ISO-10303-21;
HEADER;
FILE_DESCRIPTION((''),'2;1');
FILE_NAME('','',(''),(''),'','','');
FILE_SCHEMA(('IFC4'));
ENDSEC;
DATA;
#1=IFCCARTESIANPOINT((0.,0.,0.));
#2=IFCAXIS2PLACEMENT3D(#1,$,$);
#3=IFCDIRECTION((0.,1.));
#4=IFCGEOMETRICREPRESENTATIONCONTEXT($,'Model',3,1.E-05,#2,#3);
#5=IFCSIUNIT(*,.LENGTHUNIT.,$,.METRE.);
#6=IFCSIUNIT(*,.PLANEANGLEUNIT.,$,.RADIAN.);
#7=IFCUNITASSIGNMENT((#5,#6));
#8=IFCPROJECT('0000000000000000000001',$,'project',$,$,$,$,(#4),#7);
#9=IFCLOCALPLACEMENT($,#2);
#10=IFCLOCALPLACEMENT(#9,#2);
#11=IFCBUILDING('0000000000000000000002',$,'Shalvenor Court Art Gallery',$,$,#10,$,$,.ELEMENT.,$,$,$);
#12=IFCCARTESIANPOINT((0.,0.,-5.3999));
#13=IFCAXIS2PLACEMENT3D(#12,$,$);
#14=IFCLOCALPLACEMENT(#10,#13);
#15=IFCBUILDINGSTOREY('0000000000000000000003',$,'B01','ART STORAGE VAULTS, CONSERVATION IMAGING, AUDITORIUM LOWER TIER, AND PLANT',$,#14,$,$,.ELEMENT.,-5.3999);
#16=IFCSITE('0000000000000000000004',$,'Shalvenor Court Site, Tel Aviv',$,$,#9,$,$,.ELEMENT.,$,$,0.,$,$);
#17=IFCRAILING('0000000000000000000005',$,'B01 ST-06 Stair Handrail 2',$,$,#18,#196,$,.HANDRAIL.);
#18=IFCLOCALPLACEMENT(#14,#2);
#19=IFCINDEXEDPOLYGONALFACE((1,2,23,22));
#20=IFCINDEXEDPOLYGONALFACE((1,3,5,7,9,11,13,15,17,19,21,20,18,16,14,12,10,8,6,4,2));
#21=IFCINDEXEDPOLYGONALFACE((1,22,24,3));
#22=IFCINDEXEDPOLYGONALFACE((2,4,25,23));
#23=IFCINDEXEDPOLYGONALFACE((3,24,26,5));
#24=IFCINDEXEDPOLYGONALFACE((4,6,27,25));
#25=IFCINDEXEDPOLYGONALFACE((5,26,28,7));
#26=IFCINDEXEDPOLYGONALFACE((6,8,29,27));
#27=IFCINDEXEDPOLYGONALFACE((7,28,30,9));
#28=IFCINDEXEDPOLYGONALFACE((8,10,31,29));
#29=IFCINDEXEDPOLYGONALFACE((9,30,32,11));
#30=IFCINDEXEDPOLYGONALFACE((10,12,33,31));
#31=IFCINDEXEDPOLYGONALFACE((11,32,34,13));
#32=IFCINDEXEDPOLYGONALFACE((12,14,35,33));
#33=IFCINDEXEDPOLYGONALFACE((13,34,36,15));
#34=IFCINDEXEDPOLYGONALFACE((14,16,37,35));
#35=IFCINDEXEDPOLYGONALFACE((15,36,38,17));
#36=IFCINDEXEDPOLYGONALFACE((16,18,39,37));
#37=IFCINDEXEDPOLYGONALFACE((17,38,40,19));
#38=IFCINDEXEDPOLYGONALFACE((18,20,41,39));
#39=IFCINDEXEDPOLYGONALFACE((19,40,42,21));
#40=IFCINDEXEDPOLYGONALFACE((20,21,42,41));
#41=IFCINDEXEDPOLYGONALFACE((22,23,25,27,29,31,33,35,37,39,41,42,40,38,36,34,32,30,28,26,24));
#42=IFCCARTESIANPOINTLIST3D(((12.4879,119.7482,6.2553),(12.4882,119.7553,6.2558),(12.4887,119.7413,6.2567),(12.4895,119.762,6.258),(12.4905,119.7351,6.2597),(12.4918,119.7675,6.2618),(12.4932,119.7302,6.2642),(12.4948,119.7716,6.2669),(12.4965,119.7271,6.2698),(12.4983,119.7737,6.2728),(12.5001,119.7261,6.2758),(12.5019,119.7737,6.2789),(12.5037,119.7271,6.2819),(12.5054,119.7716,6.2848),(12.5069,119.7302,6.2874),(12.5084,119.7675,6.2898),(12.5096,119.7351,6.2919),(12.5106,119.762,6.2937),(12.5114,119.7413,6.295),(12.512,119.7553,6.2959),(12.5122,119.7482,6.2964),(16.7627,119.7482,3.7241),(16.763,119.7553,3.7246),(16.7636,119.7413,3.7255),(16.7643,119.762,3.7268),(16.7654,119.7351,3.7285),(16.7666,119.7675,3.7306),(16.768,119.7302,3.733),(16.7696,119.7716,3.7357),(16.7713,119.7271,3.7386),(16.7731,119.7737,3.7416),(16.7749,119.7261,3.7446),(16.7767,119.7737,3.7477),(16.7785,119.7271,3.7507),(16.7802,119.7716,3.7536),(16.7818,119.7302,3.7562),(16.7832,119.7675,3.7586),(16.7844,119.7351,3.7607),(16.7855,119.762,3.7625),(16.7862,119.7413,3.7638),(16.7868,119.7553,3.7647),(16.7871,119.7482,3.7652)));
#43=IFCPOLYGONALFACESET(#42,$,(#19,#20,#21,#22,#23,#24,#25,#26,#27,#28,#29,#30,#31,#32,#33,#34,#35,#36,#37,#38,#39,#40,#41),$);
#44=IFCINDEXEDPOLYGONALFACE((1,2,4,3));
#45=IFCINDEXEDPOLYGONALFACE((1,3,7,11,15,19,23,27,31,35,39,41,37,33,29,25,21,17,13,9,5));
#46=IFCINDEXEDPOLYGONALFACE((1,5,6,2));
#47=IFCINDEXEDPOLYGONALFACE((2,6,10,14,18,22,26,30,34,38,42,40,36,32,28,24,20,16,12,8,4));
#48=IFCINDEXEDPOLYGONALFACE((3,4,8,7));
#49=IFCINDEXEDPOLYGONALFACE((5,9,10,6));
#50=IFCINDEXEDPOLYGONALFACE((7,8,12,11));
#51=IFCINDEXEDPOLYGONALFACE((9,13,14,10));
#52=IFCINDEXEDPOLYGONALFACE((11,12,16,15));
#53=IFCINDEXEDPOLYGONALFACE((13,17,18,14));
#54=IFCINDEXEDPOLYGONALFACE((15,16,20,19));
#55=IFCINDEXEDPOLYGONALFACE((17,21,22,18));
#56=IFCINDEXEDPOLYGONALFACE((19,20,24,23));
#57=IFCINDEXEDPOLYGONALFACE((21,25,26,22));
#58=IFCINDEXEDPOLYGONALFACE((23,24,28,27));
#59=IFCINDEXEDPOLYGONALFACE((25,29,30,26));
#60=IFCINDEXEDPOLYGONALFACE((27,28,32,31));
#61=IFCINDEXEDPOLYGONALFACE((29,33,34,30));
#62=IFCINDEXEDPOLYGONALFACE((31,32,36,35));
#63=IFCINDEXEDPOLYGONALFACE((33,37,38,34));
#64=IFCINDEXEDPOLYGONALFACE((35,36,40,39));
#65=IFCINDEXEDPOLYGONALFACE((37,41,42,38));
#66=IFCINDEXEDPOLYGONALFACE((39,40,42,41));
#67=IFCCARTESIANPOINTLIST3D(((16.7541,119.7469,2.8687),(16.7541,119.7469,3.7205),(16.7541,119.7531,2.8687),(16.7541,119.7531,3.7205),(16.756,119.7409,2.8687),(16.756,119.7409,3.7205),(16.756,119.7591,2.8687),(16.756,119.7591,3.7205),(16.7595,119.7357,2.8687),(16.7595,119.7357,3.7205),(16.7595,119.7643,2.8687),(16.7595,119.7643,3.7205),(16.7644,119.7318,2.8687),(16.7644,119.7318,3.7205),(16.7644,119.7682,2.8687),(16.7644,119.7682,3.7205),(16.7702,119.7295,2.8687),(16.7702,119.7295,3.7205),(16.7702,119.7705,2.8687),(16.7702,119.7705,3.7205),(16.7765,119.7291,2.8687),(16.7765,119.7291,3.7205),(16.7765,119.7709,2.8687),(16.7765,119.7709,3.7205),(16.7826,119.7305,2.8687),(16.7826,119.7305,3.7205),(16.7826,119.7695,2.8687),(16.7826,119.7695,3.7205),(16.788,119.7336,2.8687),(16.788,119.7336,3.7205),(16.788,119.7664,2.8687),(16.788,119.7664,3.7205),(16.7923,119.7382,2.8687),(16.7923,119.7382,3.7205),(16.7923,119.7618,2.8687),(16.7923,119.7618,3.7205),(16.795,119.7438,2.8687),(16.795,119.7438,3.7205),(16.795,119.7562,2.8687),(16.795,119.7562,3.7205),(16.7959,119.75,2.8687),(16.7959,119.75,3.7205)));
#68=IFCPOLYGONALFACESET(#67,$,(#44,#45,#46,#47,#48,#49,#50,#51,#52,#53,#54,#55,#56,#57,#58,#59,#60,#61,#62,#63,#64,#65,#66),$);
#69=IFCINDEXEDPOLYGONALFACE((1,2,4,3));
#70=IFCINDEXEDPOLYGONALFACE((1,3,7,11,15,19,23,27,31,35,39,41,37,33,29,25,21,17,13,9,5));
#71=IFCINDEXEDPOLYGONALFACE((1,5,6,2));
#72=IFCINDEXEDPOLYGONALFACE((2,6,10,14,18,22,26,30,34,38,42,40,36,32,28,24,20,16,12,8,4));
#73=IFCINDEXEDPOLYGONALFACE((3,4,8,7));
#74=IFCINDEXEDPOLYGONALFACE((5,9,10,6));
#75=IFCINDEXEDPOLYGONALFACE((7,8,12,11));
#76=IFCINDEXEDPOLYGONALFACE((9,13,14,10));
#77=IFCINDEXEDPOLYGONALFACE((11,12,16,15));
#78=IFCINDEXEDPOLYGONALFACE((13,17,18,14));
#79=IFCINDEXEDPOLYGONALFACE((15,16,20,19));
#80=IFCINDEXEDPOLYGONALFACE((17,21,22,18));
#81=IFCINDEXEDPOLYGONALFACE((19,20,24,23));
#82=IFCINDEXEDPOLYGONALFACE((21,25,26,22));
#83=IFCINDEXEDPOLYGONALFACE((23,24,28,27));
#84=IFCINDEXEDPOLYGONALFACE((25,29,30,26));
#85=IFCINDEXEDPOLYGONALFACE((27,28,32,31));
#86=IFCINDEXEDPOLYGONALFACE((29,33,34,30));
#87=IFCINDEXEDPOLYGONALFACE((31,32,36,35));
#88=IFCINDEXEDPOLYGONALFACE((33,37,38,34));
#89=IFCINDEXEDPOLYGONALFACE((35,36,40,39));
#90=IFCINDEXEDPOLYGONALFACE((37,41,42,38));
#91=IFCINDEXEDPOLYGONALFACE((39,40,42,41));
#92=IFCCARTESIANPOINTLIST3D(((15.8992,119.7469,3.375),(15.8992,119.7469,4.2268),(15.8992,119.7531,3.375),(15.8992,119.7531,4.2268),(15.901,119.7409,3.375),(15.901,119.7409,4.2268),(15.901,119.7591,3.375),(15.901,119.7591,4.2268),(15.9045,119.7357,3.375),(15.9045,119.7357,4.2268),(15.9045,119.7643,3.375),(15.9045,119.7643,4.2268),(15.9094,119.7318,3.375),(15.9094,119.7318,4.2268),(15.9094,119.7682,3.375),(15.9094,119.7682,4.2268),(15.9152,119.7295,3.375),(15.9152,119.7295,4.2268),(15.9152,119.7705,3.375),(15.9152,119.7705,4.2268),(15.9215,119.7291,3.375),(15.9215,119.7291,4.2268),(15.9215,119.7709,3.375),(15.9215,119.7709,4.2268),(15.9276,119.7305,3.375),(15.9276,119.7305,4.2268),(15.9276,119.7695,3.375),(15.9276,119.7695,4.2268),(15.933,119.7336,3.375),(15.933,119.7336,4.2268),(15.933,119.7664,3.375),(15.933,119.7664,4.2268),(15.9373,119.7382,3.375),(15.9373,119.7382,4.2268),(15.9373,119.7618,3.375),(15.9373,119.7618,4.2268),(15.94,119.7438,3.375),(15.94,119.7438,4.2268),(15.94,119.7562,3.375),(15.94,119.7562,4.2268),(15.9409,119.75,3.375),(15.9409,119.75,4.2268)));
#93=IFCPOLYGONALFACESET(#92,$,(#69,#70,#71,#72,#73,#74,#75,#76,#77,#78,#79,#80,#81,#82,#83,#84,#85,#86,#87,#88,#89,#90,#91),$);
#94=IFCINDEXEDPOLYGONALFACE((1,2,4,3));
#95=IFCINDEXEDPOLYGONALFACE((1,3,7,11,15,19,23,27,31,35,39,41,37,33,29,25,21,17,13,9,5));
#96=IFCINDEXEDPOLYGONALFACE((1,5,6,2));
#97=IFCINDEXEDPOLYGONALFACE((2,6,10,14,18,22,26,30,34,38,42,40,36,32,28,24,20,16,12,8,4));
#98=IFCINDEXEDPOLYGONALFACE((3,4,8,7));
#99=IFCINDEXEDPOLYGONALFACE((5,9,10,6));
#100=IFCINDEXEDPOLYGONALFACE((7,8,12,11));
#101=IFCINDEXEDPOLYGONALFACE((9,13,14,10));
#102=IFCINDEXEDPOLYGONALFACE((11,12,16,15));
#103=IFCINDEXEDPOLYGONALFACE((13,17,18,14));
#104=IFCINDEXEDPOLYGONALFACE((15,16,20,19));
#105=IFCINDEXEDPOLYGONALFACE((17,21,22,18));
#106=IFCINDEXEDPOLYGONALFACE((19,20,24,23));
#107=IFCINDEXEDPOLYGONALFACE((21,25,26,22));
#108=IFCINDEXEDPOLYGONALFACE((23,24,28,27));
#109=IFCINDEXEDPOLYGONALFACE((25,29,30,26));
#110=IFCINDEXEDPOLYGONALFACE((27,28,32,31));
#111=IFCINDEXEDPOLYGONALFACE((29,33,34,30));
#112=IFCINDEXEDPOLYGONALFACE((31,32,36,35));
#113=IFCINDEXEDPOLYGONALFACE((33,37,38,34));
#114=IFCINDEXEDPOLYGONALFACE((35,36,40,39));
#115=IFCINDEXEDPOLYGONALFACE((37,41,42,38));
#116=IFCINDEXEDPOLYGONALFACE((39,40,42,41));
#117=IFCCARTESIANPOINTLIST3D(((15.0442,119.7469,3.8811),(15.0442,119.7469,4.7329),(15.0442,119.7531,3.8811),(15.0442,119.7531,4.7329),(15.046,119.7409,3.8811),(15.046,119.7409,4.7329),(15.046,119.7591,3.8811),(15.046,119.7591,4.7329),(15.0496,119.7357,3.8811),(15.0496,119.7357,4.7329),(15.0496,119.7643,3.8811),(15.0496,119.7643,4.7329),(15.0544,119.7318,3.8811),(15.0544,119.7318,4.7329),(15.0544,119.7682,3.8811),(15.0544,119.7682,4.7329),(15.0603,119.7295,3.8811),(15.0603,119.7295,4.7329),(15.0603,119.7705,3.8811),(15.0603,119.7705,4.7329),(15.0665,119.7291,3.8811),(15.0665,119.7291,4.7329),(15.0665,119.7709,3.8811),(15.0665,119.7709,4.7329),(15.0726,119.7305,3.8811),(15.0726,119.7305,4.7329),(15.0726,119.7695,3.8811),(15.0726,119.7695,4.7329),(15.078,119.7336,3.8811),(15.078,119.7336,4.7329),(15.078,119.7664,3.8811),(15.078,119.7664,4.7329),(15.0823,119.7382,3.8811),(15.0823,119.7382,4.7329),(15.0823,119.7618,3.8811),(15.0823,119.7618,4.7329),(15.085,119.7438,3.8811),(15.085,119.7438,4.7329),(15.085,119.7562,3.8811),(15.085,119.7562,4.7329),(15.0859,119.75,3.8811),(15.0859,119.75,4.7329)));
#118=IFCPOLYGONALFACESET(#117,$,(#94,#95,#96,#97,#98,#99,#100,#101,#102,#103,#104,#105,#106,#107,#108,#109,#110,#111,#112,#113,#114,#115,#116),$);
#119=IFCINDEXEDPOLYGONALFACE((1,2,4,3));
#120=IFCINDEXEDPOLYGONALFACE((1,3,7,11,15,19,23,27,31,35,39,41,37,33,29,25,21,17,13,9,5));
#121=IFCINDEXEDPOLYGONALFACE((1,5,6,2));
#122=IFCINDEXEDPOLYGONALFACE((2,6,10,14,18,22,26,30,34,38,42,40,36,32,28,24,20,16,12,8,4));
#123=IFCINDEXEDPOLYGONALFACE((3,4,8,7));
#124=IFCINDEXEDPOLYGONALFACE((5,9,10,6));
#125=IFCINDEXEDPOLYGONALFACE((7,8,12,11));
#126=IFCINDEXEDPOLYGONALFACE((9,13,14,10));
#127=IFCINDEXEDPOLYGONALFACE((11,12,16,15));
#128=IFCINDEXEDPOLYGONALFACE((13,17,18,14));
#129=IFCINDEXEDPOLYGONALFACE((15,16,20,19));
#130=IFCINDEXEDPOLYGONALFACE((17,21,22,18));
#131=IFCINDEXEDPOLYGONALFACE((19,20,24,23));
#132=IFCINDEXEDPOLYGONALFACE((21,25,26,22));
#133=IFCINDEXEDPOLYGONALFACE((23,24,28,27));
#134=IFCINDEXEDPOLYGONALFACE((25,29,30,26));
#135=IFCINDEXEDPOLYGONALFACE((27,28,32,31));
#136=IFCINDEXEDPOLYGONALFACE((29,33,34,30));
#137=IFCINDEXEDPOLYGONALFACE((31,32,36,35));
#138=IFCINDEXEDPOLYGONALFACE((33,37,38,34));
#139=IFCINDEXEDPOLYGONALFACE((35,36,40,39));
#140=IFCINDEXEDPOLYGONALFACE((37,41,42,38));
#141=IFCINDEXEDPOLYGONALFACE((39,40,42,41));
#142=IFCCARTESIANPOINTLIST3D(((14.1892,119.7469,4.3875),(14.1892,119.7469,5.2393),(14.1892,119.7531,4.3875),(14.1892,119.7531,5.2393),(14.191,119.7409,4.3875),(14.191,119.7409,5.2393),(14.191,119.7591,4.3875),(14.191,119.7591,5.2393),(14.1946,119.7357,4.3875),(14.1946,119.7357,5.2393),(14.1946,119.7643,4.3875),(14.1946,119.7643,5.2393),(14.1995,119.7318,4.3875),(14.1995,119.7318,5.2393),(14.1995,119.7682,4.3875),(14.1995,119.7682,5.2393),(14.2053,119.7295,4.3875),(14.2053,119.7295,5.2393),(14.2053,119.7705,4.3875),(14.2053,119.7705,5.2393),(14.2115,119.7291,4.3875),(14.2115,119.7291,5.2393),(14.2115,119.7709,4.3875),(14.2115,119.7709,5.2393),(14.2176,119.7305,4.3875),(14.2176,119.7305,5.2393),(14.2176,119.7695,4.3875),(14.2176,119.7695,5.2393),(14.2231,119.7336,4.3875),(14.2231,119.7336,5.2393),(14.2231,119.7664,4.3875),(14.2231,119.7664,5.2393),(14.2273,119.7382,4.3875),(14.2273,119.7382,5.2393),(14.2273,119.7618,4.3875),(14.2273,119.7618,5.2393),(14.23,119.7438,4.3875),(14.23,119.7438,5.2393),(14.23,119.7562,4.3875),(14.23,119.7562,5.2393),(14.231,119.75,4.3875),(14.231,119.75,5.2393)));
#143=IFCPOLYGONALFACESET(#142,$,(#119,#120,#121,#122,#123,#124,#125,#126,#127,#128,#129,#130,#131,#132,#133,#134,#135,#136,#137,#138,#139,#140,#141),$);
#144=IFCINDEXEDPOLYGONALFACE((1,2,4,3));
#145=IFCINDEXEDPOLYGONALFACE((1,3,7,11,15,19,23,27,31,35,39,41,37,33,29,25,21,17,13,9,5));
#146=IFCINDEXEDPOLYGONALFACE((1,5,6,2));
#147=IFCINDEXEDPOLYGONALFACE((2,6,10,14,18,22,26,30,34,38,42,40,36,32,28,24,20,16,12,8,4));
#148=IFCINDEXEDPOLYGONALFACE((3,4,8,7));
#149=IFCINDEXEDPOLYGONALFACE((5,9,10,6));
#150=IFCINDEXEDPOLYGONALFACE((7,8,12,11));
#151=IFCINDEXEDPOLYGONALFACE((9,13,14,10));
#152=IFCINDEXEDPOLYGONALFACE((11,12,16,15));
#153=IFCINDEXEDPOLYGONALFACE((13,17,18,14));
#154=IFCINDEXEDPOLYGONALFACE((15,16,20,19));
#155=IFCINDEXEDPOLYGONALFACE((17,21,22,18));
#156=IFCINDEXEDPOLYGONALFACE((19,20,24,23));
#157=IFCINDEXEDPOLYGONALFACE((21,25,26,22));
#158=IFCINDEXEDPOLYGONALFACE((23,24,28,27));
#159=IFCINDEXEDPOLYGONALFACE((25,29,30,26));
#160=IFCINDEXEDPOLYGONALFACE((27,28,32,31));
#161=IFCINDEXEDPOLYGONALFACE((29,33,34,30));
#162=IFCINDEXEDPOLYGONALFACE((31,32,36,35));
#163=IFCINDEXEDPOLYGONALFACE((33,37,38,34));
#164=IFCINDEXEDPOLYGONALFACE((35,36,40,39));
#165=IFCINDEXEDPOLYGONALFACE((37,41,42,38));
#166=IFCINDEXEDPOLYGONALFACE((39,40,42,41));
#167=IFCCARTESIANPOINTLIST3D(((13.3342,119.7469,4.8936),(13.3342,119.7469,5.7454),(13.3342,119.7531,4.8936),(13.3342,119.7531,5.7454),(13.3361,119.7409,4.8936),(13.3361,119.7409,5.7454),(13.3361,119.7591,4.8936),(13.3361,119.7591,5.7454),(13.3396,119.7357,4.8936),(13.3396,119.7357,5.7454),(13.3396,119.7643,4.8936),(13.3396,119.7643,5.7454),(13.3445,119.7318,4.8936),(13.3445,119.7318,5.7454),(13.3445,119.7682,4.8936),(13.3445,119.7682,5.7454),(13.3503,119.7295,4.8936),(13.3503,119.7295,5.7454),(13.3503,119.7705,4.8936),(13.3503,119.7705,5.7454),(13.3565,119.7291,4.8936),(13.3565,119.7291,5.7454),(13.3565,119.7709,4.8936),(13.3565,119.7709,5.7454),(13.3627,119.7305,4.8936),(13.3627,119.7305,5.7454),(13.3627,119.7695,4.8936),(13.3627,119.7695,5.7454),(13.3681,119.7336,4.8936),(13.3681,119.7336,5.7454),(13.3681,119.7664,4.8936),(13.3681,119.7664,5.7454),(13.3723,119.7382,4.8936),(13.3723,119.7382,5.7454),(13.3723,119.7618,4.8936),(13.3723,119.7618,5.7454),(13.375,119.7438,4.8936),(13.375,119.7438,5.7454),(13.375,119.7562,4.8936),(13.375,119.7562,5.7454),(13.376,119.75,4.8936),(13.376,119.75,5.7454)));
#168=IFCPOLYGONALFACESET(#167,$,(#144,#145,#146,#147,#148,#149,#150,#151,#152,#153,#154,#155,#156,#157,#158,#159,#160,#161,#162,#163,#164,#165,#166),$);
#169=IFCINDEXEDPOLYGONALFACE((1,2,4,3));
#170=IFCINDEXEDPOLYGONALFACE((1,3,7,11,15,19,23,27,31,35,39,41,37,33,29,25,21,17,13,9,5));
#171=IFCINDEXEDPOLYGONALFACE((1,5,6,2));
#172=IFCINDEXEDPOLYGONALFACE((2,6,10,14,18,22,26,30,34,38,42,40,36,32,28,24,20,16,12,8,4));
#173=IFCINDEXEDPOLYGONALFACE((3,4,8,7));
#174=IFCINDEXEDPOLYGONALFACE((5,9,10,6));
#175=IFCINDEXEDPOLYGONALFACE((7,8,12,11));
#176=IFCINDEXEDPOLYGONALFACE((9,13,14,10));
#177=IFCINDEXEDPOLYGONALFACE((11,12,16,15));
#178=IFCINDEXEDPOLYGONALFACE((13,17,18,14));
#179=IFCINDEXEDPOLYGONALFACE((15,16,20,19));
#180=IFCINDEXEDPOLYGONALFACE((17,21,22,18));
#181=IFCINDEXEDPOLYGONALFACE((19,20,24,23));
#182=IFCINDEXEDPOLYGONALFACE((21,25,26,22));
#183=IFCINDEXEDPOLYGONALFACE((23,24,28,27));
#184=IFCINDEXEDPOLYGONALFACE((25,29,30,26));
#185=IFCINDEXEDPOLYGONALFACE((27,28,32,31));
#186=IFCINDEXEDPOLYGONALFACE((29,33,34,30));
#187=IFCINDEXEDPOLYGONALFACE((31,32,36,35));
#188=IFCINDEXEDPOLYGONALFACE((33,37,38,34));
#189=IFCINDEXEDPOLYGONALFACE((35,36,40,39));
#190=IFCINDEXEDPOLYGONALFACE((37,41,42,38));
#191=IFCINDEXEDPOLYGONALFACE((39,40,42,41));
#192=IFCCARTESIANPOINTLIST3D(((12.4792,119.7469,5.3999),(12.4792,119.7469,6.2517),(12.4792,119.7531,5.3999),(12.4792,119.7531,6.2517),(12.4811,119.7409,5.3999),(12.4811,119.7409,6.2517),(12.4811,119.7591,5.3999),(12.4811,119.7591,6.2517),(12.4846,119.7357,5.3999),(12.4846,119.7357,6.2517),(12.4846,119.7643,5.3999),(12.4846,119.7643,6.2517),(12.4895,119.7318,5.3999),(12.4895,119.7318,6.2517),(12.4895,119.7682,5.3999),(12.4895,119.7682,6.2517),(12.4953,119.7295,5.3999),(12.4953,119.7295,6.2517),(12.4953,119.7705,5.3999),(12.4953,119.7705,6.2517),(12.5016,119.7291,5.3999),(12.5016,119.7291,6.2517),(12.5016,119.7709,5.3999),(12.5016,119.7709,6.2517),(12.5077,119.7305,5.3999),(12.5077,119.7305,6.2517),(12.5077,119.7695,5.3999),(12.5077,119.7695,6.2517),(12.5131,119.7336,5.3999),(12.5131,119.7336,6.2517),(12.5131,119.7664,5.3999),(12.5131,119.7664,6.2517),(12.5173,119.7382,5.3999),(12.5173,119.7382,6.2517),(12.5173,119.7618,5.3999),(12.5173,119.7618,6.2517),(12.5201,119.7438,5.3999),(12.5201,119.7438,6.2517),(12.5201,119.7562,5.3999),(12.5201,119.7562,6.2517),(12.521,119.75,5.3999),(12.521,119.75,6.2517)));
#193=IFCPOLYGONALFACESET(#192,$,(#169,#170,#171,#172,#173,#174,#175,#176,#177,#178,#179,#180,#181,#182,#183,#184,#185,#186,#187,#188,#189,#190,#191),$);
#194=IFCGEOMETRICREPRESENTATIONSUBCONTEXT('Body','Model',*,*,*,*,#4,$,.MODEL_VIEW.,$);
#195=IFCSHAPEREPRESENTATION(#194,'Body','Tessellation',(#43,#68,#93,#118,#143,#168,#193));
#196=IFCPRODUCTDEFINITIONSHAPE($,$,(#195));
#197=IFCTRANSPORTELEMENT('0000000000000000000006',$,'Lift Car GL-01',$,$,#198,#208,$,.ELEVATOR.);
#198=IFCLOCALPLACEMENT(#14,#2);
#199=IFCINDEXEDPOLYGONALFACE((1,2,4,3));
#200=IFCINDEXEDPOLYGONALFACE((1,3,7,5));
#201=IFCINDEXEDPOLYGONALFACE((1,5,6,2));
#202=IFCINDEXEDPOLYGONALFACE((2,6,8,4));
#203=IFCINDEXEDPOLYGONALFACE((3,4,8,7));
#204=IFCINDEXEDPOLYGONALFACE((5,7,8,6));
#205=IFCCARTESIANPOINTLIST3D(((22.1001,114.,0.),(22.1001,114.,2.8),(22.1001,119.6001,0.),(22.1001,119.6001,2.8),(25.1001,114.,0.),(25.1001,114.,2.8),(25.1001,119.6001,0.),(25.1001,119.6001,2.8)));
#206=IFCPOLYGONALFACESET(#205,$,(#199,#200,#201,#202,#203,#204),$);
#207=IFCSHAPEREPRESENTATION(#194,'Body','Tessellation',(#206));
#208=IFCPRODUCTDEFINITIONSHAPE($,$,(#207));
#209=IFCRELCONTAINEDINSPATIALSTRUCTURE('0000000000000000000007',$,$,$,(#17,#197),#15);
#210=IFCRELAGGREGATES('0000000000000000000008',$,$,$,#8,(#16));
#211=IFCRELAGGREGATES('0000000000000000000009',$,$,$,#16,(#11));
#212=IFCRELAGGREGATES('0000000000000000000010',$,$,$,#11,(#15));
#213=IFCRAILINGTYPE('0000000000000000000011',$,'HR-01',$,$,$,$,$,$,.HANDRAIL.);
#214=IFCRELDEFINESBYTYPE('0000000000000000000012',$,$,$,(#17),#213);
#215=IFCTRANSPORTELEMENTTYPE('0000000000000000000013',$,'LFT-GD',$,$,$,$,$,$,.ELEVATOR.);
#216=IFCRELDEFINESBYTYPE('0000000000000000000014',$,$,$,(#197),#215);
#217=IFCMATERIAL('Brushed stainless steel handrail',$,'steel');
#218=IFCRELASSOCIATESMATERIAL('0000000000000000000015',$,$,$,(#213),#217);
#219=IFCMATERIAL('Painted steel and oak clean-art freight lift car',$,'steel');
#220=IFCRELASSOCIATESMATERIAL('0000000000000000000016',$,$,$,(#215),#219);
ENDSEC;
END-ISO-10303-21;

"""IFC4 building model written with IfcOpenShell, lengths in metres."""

from ifc_helpers import new_model, si_unit, direction, frame, origin, origin_2d, place, context, subcontext, project, spatial, rectangle, circle, extrude, material, type_object, element, save


model = new_model("IFC4")

# Units and contexts
model_context = context("Model", 3, precision=1e-05, world=origin(), true_north=direction((0.0, 1.0)))
body_context = subcontext(model_context, "Body", "Model", "MODEL_VIEW")
ifc_project = project(units=[si_unit("LENGTHUNIT", "METRE"), si_unit("PLANEANGLEUNIT", "RADIAN")], contexts=[model_context])

# Site, building, storey
site_placement = place(None, origin())
site = spatial("IfcSite", under=ifc_project, at=site_placement, Name="Shalvenor Court Site, Tel Aviv", CompositionType="ELEMENT", RefElevation=0.0)
building_placement = place(site_placement, origin())
building = spatial("IfcBuilding", under=site, at=building_placement, Name="Shalvenor Court Art Gallery", CompositionType="ELEMENT")
storey_placement = place(building_placement, frame((0.0, 0.0, -5.3999)))
storey = spatial("IfcBuildingStorey", under=building, at=storey_placement, Name="B01", Description="ART STORAGE VAULTS, CONSERVATION IMAGING, AUDITORIUM LOWER TIER, AND PLANT", CompositionType="ELEMENT", Elevation=-5.3999)

# Railing
ifc_material_1 = material(Name="Brushed stainless steel handrail", Category="steel")
railing_type_1 = type_object("IfcRailingType", Name="HR-01", PredefinedType="HANDRAIL", material=ifc_material_1)
railing_1_placement = place(storey_placement, frame((16.7749, 119.75, 2.8687)))
element("IfcRailing", 1, at=railing_1_placement, inside=storey, type_object=railing_type_1, Name="B01 ST-06 Stair Handrail 2", PredefinedType="HANDRAIL", context=body_context, shape_type="SweptSolid", body=[
    extrude(circle(Radius=0.0239, at=origin_2d()), frame((0.0, 0.0, 0.876), z_axis=(-0.86047, 0.0, 0.509501), x_axis=(0.0, -1.0, 0.0)), (0.0, 0.0, 1.0), 4.968),
    extrude(circle(Radius=0.021, at=origin_2d()), origin(), (0.0, 0.0, 1.0), 0.8518),
    extrude(circle(Radius=0.021, at=origin_2d()), frame((-0.855, 0.0, 0.5063)), (0.0, 0.0, 1.0), 0.8518),
    extrude(circle(Radius=0.021, at=origin_2d()), frame((-1.71, 0.0, 1.0125)), (0.0, 0.0, 1.0), 0.8518),
    extrude(circle(Radius=0.021, at=origin_2d()), frame((-2.5649, 0.0, 1.5188)), (0.0, 0.0, 1.0), 0.8518),
    extrude(circle(Radius=0.021, at=origin_2d()), frame((-3.4199, 0.0, 2.0249)), (0.0, 0.0, 1.0), 0.8518),
    extrude(circle(Radius=0.021, at=origin_2d()), frame((-4.2749, 0.0, 2.5312)), (0.0, 0.0, 1.0), 0.8518),
])

# Transport element
ifc_material_2 = material(Name="Painted steel and oak clean-art freight lift car", Category="steel")
transport_element_type = type_object("IfcTransportElementType", Name="LFT-GD", PredefinedType="ELEVATOR", material=ifc_material_2)
transport_element_placement = place(storey_placement, frame((23.6001, 116.8, 0.0), z_axis=(0.0, 0.0, 1.0), x_axis=(1.0, 0.0, 0.0)))
element("IfcTransportElement", 2, at=transport_element_placement, inside=storey, type_object=transport_element_type, Name="Lift Car GL-01", PredefinedType="ELEVATOR", context=body_context, shape_type="SweptSolid", body=[
    extrude(rectangle(XDim=3.0, YDim=5.6001, at=origin_2d()), origin(), (0.0, 0.0, 1.0), 2.8),
])

save(model, "model.ifc")
